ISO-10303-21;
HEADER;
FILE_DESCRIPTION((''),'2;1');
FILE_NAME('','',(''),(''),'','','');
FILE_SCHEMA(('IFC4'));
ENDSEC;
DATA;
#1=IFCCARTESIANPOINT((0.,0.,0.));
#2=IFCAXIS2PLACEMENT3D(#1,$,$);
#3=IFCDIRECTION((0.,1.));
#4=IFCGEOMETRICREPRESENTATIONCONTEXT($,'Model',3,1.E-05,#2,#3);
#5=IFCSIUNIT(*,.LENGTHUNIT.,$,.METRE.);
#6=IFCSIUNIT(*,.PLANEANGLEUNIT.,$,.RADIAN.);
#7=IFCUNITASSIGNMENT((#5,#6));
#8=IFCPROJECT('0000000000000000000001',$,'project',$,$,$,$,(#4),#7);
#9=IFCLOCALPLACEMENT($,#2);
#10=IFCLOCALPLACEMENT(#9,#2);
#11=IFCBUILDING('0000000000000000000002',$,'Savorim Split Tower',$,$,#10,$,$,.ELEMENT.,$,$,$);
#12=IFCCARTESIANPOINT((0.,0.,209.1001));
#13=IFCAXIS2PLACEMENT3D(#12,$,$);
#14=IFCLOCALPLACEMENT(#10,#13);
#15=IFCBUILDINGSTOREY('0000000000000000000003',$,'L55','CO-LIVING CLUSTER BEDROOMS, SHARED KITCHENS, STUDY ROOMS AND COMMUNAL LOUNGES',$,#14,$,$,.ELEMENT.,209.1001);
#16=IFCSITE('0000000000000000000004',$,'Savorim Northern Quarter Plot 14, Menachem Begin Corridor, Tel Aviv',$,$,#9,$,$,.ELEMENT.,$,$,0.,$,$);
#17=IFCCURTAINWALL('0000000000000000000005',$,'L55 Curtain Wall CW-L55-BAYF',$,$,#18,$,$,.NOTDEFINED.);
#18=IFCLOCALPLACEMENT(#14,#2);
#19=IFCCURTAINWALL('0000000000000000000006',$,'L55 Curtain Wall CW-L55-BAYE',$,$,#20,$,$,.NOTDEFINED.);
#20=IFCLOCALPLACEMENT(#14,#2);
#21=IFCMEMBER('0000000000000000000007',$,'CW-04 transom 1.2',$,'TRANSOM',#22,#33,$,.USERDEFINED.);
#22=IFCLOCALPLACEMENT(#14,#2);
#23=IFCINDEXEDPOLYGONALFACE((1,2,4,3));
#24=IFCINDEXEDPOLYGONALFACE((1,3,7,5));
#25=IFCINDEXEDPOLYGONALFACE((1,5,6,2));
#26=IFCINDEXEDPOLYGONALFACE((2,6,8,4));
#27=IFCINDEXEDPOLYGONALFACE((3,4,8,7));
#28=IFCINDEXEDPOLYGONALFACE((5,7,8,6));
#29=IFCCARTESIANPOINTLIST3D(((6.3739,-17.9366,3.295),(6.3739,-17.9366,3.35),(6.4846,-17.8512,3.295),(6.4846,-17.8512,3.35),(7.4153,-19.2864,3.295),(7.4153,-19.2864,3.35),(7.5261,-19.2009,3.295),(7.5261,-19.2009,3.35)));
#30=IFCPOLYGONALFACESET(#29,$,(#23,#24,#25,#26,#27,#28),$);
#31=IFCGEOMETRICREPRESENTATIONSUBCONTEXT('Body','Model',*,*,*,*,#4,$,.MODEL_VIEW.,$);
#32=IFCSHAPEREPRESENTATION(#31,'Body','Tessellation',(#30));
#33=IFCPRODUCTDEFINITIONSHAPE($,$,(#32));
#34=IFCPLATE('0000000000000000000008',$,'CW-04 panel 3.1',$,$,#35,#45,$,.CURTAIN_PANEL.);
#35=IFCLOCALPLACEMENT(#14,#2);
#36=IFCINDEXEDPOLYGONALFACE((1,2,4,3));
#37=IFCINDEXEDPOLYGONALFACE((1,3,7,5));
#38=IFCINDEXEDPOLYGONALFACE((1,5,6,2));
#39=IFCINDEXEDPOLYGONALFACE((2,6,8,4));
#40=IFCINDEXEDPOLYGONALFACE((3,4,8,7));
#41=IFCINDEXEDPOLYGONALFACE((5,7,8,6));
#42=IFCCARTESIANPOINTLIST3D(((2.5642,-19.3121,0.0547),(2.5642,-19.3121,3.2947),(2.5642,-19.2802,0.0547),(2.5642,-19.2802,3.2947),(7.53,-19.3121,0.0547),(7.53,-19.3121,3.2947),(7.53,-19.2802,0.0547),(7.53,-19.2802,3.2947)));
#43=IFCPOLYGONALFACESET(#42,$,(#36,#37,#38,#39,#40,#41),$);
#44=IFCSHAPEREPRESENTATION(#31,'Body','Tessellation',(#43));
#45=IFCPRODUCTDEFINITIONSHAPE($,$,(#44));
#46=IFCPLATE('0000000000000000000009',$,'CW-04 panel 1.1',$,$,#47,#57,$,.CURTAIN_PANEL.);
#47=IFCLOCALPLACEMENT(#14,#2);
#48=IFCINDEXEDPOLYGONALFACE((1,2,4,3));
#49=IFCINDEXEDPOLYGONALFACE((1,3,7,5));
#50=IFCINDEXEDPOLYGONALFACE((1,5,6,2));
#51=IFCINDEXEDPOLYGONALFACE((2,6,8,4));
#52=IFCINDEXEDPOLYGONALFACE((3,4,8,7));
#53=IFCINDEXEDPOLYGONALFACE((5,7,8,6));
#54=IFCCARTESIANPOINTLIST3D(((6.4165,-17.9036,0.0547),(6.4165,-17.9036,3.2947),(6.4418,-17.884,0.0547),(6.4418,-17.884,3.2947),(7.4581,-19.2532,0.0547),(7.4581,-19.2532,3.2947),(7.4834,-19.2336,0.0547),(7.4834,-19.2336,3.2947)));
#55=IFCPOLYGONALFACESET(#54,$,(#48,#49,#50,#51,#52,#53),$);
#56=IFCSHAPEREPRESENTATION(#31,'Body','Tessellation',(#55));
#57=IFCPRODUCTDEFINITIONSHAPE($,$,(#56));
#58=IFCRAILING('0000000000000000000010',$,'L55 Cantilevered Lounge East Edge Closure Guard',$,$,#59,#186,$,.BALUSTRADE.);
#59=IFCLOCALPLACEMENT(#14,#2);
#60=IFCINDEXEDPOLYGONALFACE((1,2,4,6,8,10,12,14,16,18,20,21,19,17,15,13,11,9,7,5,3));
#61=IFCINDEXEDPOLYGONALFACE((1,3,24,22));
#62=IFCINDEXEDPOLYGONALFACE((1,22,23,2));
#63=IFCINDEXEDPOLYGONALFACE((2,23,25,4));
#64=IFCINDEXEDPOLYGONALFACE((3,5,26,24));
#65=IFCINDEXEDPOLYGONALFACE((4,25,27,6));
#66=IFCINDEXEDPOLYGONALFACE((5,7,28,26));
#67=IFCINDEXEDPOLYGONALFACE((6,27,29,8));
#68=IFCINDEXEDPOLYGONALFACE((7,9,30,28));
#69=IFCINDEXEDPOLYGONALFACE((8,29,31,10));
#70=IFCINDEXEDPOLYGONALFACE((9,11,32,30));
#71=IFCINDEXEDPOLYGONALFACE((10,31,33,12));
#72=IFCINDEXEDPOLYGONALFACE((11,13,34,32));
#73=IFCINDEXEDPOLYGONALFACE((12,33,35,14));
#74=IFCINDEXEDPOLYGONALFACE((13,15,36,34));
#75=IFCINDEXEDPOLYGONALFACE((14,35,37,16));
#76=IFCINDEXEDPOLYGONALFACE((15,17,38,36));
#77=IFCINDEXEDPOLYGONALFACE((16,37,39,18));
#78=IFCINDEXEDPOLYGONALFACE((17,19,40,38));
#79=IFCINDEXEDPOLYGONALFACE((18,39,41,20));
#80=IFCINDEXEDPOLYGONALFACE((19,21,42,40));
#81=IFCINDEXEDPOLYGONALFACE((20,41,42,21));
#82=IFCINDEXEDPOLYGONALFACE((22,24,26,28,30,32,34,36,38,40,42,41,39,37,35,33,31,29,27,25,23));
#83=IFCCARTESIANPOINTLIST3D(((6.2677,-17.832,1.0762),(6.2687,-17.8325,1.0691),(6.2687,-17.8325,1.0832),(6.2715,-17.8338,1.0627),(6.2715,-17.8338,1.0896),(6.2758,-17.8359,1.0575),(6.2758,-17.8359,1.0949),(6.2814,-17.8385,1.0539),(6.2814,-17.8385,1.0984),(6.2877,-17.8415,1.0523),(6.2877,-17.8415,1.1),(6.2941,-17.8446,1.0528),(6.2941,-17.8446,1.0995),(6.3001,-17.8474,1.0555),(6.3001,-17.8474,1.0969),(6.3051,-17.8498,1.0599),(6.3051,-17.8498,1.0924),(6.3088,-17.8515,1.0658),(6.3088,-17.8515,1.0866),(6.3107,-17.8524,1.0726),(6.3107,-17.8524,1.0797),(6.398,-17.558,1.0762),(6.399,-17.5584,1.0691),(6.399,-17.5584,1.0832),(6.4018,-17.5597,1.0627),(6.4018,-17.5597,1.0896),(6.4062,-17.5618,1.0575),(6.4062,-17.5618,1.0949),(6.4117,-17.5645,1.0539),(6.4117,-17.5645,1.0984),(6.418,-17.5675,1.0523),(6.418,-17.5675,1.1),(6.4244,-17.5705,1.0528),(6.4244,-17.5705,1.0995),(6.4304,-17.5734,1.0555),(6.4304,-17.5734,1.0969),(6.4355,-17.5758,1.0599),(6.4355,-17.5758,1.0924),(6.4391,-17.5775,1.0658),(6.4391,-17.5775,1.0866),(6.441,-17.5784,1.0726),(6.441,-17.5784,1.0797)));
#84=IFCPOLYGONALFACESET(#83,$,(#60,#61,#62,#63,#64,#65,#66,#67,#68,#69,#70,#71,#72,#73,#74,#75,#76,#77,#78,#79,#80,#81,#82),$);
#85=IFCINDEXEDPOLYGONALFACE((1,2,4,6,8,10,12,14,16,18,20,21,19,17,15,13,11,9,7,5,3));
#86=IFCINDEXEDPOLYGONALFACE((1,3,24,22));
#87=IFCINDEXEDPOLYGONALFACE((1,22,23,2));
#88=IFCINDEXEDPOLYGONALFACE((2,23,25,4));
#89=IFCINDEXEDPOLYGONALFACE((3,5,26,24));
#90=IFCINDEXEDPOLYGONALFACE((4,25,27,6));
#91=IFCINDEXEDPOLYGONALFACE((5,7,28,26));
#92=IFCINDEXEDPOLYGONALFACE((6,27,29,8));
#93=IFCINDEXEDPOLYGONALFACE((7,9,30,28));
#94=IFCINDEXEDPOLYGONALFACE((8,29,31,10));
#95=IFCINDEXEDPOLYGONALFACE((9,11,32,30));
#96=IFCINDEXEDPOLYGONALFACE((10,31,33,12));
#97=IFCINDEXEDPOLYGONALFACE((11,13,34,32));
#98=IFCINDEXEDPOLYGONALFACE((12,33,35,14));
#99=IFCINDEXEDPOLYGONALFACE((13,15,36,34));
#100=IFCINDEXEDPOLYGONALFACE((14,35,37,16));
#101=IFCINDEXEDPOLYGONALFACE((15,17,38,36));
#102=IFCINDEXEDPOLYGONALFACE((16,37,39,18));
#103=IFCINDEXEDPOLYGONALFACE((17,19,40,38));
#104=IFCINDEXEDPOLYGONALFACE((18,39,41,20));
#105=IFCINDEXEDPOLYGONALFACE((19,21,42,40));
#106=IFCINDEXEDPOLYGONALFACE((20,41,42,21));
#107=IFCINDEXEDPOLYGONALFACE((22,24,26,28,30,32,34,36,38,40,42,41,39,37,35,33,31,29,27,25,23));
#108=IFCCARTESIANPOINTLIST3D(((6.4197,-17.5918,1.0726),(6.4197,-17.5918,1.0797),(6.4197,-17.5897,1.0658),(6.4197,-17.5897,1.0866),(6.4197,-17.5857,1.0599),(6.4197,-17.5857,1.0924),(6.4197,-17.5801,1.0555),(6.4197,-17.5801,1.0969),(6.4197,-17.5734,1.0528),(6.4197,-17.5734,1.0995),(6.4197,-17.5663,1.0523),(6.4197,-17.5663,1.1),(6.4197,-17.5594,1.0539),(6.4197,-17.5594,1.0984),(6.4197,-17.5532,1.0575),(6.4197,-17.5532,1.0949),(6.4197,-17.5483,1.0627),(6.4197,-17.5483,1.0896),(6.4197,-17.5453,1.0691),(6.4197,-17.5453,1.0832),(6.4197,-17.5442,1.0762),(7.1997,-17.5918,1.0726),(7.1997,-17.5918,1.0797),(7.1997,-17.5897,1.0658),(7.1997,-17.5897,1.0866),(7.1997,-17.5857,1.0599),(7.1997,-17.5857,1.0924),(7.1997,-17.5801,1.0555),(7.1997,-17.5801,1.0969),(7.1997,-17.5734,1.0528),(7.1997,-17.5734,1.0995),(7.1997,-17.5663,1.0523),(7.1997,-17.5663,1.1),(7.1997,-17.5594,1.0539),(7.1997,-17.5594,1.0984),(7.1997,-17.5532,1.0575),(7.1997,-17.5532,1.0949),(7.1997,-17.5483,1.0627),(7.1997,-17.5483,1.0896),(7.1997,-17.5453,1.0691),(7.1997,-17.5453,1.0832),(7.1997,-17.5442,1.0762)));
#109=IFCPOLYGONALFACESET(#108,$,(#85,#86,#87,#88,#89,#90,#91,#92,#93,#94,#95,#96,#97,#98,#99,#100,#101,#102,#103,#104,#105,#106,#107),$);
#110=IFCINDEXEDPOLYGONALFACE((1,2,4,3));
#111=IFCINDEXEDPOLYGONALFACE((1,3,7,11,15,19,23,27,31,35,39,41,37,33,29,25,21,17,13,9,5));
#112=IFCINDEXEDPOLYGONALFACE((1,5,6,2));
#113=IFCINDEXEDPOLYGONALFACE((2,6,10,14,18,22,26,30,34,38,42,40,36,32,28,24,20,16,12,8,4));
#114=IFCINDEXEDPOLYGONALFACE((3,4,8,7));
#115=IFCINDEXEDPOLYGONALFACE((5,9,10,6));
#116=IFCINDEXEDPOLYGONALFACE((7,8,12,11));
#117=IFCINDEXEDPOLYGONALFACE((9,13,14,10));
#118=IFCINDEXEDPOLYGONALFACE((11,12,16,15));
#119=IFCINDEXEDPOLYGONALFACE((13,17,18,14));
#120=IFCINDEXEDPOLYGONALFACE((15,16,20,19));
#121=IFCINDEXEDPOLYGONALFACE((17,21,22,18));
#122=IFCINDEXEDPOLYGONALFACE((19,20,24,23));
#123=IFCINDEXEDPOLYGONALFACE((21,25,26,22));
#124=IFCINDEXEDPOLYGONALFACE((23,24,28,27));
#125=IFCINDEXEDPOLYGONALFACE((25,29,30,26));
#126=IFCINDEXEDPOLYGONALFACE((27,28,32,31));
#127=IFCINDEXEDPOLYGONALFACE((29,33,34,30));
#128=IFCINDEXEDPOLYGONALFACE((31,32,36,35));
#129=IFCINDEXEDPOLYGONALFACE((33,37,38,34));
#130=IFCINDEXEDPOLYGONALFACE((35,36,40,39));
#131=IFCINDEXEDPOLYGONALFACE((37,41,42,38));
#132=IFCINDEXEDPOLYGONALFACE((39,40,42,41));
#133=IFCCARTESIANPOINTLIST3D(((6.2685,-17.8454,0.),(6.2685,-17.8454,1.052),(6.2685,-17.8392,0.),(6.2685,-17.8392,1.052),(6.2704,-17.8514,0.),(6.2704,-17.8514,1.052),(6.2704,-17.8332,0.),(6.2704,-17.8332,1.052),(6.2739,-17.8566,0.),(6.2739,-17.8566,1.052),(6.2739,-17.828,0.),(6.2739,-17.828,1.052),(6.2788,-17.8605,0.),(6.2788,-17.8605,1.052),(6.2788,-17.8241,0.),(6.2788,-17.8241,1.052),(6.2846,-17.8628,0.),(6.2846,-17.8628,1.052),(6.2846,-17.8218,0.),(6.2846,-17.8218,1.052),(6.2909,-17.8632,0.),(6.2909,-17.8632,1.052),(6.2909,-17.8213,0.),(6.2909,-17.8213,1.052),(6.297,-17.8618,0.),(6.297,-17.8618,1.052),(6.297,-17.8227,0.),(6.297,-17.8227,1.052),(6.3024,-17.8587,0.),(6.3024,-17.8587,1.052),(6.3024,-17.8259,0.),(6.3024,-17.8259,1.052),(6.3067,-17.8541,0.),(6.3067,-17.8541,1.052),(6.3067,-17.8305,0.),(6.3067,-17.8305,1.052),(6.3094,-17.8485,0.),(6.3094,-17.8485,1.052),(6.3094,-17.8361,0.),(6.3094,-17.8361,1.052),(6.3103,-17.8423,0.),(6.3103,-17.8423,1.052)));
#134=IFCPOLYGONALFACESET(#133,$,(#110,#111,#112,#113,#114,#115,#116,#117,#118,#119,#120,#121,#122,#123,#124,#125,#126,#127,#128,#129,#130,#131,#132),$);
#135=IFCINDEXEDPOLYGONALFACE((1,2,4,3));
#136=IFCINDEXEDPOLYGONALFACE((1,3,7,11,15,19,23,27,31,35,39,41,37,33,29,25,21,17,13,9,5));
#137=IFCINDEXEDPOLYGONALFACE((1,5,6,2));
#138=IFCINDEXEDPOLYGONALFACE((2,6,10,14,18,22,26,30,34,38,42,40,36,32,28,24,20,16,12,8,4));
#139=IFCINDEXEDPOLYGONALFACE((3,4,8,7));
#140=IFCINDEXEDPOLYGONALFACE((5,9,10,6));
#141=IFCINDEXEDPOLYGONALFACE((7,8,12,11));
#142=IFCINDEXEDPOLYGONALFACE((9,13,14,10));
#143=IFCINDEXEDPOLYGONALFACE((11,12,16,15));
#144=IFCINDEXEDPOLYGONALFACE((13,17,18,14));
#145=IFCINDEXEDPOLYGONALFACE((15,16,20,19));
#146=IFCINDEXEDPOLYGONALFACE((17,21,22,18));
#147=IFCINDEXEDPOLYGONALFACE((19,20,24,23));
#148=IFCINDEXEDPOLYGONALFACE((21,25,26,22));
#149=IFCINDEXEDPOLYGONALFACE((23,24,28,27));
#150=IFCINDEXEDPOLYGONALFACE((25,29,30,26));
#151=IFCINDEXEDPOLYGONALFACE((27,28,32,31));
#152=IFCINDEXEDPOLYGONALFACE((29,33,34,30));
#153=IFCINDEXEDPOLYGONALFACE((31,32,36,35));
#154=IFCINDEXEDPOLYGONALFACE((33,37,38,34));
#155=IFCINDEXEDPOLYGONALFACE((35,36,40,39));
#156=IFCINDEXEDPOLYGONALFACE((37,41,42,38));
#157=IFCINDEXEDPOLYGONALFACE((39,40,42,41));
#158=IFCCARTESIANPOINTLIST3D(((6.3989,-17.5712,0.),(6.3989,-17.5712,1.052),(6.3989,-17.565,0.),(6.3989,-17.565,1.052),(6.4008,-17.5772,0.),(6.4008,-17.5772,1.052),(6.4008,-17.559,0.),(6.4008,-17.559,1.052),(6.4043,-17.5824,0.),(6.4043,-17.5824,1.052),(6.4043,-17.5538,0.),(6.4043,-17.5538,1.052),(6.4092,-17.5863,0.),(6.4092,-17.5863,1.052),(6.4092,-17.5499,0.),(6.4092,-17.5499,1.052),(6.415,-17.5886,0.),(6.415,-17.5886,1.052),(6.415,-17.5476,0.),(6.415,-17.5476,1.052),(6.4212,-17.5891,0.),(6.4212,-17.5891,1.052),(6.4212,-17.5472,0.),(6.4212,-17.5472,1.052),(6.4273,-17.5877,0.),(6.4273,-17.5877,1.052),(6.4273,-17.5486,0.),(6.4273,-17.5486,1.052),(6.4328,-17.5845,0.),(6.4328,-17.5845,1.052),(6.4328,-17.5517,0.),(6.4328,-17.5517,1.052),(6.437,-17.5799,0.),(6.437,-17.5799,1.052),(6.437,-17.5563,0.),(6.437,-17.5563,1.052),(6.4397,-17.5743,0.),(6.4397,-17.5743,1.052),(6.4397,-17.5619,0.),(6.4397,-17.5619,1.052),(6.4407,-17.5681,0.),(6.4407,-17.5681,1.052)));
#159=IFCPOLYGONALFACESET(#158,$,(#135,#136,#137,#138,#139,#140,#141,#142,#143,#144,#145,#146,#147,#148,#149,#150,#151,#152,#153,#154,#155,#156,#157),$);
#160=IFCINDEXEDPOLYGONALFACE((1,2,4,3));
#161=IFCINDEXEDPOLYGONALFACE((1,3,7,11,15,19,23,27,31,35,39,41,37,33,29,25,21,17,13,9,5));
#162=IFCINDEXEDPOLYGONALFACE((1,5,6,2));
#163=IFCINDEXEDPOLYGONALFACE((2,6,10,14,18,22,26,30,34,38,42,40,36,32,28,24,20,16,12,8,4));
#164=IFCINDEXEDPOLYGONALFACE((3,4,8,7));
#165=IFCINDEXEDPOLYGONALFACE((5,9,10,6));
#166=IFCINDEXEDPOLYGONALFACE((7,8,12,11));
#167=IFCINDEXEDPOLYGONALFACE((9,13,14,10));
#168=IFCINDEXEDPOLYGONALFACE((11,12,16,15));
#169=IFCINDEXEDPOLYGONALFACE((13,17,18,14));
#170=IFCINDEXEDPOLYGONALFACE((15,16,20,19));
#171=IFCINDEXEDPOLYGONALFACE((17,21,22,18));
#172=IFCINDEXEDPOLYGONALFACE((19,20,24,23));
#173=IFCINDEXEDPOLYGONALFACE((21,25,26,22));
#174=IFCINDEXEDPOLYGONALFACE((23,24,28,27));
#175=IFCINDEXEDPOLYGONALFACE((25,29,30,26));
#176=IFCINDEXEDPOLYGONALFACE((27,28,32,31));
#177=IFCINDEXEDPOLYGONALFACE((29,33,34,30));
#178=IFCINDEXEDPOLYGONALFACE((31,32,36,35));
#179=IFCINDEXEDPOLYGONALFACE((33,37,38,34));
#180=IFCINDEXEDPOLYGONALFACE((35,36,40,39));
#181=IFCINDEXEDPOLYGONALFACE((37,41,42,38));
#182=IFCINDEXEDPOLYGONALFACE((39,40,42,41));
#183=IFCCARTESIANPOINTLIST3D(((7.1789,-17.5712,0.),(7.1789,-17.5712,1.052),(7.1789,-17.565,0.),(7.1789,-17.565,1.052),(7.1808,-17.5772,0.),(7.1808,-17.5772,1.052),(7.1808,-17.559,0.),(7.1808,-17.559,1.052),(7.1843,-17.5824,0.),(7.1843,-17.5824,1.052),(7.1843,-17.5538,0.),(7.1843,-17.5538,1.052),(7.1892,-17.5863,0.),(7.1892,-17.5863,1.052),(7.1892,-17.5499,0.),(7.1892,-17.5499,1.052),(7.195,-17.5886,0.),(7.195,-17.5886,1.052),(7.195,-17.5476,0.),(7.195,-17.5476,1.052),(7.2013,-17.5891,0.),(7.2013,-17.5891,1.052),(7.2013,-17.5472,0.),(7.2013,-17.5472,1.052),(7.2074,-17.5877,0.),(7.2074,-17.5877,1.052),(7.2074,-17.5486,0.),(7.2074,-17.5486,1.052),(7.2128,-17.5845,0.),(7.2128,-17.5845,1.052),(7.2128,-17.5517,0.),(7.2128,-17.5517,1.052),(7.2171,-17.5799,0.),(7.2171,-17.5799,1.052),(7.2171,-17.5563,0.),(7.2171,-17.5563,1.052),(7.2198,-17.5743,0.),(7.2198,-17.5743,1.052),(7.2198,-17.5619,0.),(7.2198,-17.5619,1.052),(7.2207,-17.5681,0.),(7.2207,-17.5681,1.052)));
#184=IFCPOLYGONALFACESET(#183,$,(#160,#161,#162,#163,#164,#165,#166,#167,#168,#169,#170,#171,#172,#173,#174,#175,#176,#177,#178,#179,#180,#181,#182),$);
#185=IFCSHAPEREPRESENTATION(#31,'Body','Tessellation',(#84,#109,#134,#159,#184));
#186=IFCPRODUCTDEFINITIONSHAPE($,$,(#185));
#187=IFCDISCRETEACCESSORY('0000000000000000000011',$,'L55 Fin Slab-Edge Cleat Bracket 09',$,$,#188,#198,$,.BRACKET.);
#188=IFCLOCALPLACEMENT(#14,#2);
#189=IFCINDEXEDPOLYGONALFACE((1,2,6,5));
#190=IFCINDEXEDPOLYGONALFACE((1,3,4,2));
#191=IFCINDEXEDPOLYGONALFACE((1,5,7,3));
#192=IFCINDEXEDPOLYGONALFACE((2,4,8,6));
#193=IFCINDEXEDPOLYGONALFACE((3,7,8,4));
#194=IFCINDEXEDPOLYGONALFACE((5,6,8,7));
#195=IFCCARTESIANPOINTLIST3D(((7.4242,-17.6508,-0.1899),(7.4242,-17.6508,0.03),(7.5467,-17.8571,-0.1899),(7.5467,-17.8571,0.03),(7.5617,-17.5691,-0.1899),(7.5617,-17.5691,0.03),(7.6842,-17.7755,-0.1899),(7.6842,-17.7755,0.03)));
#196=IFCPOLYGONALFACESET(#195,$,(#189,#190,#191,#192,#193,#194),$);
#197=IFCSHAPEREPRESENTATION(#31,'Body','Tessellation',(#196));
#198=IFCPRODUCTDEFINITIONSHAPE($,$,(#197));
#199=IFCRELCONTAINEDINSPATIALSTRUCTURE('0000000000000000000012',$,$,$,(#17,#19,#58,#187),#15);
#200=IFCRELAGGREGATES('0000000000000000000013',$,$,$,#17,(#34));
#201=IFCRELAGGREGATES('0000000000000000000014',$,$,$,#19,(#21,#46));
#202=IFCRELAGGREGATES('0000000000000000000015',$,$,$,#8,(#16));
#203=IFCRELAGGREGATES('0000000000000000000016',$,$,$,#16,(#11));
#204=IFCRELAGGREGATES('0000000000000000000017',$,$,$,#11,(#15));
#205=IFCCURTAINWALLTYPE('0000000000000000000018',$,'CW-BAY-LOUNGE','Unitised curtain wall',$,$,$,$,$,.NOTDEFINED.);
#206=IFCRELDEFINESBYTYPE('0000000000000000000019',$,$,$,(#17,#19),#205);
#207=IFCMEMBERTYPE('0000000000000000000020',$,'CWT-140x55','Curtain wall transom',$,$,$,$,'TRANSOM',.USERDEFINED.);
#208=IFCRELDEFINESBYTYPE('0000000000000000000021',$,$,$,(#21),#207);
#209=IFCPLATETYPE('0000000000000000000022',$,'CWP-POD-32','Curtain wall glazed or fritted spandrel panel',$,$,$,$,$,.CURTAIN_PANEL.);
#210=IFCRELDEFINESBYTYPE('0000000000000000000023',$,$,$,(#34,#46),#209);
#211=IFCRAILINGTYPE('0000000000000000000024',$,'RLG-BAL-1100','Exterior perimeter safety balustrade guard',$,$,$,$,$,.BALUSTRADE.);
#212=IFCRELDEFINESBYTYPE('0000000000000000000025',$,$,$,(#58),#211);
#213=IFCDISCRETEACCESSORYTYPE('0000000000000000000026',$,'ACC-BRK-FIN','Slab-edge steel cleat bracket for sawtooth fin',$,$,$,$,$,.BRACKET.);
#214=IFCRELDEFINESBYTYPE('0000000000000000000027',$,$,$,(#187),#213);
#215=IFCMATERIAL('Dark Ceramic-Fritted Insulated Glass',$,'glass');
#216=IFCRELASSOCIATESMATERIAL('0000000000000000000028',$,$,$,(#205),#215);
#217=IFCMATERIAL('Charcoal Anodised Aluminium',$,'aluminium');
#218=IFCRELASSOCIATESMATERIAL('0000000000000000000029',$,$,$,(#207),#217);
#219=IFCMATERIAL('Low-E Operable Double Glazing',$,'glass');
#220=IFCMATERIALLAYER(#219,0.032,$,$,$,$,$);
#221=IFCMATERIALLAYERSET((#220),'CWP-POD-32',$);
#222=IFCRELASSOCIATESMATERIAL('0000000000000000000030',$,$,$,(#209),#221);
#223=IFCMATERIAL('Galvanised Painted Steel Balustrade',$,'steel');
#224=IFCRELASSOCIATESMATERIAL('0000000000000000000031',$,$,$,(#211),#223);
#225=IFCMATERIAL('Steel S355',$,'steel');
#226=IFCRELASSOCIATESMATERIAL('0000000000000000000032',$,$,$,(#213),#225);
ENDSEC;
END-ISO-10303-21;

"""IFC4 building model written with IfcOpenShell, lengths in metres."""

from ifc_helpers import new_model, si_unit, direction, frame, origin, origin_2d, place, context, subcontext, project, spatial, rectangle, circle, extrude, material, layer, layer_set, material_profile, profile_set, type_object, element, aggregate, save


model = new_model("IFC4")

# Units and contexts
model_context = context("Model", 3, precision=1e-05, world=origin(), true_north=direction((0.0, 1.0)))
body_context = subcontext(model_context, "Body", "Model", "MODEL_VIEW")
ifc_project = project(units=[si_unit("LENGTHUNIT", "METRE"), si_unit("PLANEANGLEUNIT", "RADIAN")], contexts=[model_context])

# Site, building, storey
site_placement = place(None, origin())
site = spatial("IfcSite", under=ifc_project, at=site_placement, Name="Savorim Northern Quarter Plot 14, Menachem Begin Corridor, Tel Aviv", CompositionType="ELEMENT", RefElevation=0.0)
building_placement = place(site_placement, origin())
building = spatial("IfcBuilding", under=site, at=building_placement, Name="Savorim Split Tower", CompositionType="ELEMENT")
storey_placement = place(building_placement, frame((0.0, 0.0, 209.1001)))
storey = spatial("IfcBuildingStorey", under=building, at=storey_placement, Name="L55", Description="CO-LIVING CLUSTER BEDROOMS, SHARED KITCHENS, STUDY ROOMS AND COMMUNAL LOUNGES", CompositionType="ELEMENT", Elevation=209.1001)

# Shared definitions
ifc_material_1 = material(Name="Steel S355", Category="steel")

# Shared definitions
ifc_material_2 = material(Name="Dark Ceramic-Fritted Insulated Glass", Category="glass")
ifc_material_3 = material(Name="Charcoal Anodised Aluminium", Category="aluminium")

# Curtain walls
curtain_wall_type_1 = type_object("IfcCurtainWallType", Name="CW-BAY-LOUNGE", Description="Unitised curtain wall", PredefinedType="NOTDEFINED", material=ifc_material_2)
curtain_wall_1_placement = place(storey_placement, origin())
curtain_wall_1 = element("IfcCurtainWall", 1, at=curtain_wall_1_placement, inside=storey, type_object=curtain_wall_type_1, Name="L55 Curtain Wall CW-L55-BAYF", PredefinedType="NOTDEFINED")
curtain_wall_2_placement = place(storey_placement, origin())
curtain_wall_2 = element("IfcCurtainWall", 2, at=curtain_wall_2_placement, inside=storey, type_object=curtain_wall_type_1, Name="L55 Curtain Wall CW-L55-BAYE", PredefinedType="NOTDEFINED")

# Member
ifc_material_profile_1 = material_profile(ifc_material_3, rectangle(XDim=0.1399, YDim=0.0549, at=origin_2d()), Name="ALU-T 140x55")
ifc_profile_set_1 = profile_set([ifc_material_profile_1], Name="Charcoal Anodised Aluminium")
member_type_1 = type_object("IfcMemberType", Name="CWT-140x55", Description="Curtain wall transom", ElementType="TRANSOM", PredefinedType="USERDEFINED", material=ifc_profile_set_1)
member_1_placement = place(storey_placement, frame((7.4707, -19.2437, 3.3225), z_axis=(-0.610873, 0.791729, 0.0), x_axis=(-0.791729, -0.610873, 0.0)))
member_1 = element("IfcMember", 3, at=member_1_placement, type_object=member_type_1, Name="CW-04 transom 1.2", ObjectType="TRANSOM", PredefinedType="USERDEFINED", context=body_context, shape_type="SweptSolid", body=[
    extrude(rectangle(XDim=0.1399, YDim=0.0549, at=origin_2d()), origin(), (0.0, 0.0, 1.0), 1.7048),
])

# Plates
ifc_material_4 = material(Name="Low-E Operable Double Glazing", Category="glass")
ifc_layer = layer(ifc_material_4, 0.032)
ifc_layer_set = layer_set([ifc_layer], Name="CWP-POD-32")
plate_type = type_object("IfcPlateType", Name="CWP-POD-32", Description="Curtain wall glazed or fritted spandrel panel", PredefinedType="CURTAIN_PANEL", material=ifc_layer_set)
plate_1_placement = place(storey_placement, frame((5.0471, -19.2961, 0.0547), z_axis=(0.0, 0.0, 1.0), x_axis=(1.0, 0.0, 0.0)))
plate_1 = element("IfcPlate", 4, at=plate_1_placement, type_object=plate_type, Name="CW-04 panel 3.1", PredefinedType="CURTAIN_PANEL", context=body_context, shape_type="SweptSolid", body=[
    extrude(rectangle(XDim=4.9658, YDim=0.032, at=origin_2d()), origin(), (0.0, 0.0, 1.0), 3.24),
])
aggregate(curtain_wall_1, [plate_1])
plate_2_placement = place(storey_placement, frame((6.95, -18.5686, 0.0547), z_axis=(0.0, 0.0, 1.0), x_axis=(-0.610982, 0.791644, 0.0)))
plate_2 = element("IfcPlate", 5, at=plate_2_placement, type_object=plate_type, Name="CW-04 panel 1.1", PredefinedType="CURTAIN_PANEL", context=body_context, shape_type="SweptSolid", body=[
    extrude(rectangle(XDim=1.7048, YDim=0.032, at=origin_2d()), origin(), (0.0, 0.0, 1.0), 3.24),
])
aggregate(curtain_wall_2, [member_1, plate_2])

# Railing
ifc_material_5 = material(Name="Galvanised Painted Steel Balustrade", Category="steel")
railing_type = type_object("IfcRailingType", Name="RLG-BAL-1100", Description="Exterior perimeter safety balustrade guard", PredefinedType="BALUSTRADE", material=ifc_material_5)
railing_placement = place(storey_placement, frame((6.2893, -17.8423, 0.0)))
element("IfcRailing", 6, at=railing_placement, inside=storey, type_object=railing_type, Name="L55 Cantilevered Lounge East Edge Closure Guard", PredefinedType="BALUSTRADE", context=body_context, shape_type="SweptSolid", body=[
    extrude(circle(Radius=0.0239, at=origin_2d()), frame((0.0, 0.0, 1.0762), z_axis=(0.429434, 0.903098, 0.0), x_axis=(-0.903098, 0.429434, 0.0)), (0.0, 0.0, 1.0), 0.3035),
    extrude(circle(Radius=0.0239, at=origin_2d()), frame((0.1304, 0.2742, 1.0762), z_axis=(1.0, 0.0, 0.0), x_axis=(0.0, 1.0, 0.0)), (0.0, 0.0, 1.0), 0.78),
    extrude(circle(Radius=0.021, at=origin_2d()), origin(), (0.0, 0.0, 1.0), 1.052),
    extrude(circle(Radius=0.021, at=origin_2d()), frame((0.1304, 0.2742, 0.0)), (0.0, 0.0, 1.0), 1.052),
    extrude(circle(Radius=0.021, at=origin_2d()), frame((0.9104, 0.2742, 0.0)), (0.0, 0.0, 1.0), 1.052),
])

# Discrete accessory
discrete_accessory_type = type_object("IfcDiscreteAccessoryType", Name="ACC-BRK-FIN", Description="Slab-edge steel cleat bracket for sawtooth fin", PredefinedType="BRACKET", material=ifc_material_1)
discrete_accessory_placement = place(storey_placement, frame((7.5542, -17.7131, -0.1899), z_axis=(0.0, 0.0, 1.0), x_axis=(0.510391, -0.859942, 0.0)))
element("IfcDiscreteAccessory", 7, at=discrete_accessory_placement, inside=storey, type_object=discrete_accessory_type, Name="L55 Fin Slab-Edge Cleat Bracket 09", PredefinedType="BRACKET", context=body_context, shape_type="SweptSolid", body=[
    extrude(rectangle(XDim=0.24, YDim=0.1599, at=origin_2d()), origin(), (0.0, 0.0, 1.0), 0.22),
])

save(model, "model.ifc")
